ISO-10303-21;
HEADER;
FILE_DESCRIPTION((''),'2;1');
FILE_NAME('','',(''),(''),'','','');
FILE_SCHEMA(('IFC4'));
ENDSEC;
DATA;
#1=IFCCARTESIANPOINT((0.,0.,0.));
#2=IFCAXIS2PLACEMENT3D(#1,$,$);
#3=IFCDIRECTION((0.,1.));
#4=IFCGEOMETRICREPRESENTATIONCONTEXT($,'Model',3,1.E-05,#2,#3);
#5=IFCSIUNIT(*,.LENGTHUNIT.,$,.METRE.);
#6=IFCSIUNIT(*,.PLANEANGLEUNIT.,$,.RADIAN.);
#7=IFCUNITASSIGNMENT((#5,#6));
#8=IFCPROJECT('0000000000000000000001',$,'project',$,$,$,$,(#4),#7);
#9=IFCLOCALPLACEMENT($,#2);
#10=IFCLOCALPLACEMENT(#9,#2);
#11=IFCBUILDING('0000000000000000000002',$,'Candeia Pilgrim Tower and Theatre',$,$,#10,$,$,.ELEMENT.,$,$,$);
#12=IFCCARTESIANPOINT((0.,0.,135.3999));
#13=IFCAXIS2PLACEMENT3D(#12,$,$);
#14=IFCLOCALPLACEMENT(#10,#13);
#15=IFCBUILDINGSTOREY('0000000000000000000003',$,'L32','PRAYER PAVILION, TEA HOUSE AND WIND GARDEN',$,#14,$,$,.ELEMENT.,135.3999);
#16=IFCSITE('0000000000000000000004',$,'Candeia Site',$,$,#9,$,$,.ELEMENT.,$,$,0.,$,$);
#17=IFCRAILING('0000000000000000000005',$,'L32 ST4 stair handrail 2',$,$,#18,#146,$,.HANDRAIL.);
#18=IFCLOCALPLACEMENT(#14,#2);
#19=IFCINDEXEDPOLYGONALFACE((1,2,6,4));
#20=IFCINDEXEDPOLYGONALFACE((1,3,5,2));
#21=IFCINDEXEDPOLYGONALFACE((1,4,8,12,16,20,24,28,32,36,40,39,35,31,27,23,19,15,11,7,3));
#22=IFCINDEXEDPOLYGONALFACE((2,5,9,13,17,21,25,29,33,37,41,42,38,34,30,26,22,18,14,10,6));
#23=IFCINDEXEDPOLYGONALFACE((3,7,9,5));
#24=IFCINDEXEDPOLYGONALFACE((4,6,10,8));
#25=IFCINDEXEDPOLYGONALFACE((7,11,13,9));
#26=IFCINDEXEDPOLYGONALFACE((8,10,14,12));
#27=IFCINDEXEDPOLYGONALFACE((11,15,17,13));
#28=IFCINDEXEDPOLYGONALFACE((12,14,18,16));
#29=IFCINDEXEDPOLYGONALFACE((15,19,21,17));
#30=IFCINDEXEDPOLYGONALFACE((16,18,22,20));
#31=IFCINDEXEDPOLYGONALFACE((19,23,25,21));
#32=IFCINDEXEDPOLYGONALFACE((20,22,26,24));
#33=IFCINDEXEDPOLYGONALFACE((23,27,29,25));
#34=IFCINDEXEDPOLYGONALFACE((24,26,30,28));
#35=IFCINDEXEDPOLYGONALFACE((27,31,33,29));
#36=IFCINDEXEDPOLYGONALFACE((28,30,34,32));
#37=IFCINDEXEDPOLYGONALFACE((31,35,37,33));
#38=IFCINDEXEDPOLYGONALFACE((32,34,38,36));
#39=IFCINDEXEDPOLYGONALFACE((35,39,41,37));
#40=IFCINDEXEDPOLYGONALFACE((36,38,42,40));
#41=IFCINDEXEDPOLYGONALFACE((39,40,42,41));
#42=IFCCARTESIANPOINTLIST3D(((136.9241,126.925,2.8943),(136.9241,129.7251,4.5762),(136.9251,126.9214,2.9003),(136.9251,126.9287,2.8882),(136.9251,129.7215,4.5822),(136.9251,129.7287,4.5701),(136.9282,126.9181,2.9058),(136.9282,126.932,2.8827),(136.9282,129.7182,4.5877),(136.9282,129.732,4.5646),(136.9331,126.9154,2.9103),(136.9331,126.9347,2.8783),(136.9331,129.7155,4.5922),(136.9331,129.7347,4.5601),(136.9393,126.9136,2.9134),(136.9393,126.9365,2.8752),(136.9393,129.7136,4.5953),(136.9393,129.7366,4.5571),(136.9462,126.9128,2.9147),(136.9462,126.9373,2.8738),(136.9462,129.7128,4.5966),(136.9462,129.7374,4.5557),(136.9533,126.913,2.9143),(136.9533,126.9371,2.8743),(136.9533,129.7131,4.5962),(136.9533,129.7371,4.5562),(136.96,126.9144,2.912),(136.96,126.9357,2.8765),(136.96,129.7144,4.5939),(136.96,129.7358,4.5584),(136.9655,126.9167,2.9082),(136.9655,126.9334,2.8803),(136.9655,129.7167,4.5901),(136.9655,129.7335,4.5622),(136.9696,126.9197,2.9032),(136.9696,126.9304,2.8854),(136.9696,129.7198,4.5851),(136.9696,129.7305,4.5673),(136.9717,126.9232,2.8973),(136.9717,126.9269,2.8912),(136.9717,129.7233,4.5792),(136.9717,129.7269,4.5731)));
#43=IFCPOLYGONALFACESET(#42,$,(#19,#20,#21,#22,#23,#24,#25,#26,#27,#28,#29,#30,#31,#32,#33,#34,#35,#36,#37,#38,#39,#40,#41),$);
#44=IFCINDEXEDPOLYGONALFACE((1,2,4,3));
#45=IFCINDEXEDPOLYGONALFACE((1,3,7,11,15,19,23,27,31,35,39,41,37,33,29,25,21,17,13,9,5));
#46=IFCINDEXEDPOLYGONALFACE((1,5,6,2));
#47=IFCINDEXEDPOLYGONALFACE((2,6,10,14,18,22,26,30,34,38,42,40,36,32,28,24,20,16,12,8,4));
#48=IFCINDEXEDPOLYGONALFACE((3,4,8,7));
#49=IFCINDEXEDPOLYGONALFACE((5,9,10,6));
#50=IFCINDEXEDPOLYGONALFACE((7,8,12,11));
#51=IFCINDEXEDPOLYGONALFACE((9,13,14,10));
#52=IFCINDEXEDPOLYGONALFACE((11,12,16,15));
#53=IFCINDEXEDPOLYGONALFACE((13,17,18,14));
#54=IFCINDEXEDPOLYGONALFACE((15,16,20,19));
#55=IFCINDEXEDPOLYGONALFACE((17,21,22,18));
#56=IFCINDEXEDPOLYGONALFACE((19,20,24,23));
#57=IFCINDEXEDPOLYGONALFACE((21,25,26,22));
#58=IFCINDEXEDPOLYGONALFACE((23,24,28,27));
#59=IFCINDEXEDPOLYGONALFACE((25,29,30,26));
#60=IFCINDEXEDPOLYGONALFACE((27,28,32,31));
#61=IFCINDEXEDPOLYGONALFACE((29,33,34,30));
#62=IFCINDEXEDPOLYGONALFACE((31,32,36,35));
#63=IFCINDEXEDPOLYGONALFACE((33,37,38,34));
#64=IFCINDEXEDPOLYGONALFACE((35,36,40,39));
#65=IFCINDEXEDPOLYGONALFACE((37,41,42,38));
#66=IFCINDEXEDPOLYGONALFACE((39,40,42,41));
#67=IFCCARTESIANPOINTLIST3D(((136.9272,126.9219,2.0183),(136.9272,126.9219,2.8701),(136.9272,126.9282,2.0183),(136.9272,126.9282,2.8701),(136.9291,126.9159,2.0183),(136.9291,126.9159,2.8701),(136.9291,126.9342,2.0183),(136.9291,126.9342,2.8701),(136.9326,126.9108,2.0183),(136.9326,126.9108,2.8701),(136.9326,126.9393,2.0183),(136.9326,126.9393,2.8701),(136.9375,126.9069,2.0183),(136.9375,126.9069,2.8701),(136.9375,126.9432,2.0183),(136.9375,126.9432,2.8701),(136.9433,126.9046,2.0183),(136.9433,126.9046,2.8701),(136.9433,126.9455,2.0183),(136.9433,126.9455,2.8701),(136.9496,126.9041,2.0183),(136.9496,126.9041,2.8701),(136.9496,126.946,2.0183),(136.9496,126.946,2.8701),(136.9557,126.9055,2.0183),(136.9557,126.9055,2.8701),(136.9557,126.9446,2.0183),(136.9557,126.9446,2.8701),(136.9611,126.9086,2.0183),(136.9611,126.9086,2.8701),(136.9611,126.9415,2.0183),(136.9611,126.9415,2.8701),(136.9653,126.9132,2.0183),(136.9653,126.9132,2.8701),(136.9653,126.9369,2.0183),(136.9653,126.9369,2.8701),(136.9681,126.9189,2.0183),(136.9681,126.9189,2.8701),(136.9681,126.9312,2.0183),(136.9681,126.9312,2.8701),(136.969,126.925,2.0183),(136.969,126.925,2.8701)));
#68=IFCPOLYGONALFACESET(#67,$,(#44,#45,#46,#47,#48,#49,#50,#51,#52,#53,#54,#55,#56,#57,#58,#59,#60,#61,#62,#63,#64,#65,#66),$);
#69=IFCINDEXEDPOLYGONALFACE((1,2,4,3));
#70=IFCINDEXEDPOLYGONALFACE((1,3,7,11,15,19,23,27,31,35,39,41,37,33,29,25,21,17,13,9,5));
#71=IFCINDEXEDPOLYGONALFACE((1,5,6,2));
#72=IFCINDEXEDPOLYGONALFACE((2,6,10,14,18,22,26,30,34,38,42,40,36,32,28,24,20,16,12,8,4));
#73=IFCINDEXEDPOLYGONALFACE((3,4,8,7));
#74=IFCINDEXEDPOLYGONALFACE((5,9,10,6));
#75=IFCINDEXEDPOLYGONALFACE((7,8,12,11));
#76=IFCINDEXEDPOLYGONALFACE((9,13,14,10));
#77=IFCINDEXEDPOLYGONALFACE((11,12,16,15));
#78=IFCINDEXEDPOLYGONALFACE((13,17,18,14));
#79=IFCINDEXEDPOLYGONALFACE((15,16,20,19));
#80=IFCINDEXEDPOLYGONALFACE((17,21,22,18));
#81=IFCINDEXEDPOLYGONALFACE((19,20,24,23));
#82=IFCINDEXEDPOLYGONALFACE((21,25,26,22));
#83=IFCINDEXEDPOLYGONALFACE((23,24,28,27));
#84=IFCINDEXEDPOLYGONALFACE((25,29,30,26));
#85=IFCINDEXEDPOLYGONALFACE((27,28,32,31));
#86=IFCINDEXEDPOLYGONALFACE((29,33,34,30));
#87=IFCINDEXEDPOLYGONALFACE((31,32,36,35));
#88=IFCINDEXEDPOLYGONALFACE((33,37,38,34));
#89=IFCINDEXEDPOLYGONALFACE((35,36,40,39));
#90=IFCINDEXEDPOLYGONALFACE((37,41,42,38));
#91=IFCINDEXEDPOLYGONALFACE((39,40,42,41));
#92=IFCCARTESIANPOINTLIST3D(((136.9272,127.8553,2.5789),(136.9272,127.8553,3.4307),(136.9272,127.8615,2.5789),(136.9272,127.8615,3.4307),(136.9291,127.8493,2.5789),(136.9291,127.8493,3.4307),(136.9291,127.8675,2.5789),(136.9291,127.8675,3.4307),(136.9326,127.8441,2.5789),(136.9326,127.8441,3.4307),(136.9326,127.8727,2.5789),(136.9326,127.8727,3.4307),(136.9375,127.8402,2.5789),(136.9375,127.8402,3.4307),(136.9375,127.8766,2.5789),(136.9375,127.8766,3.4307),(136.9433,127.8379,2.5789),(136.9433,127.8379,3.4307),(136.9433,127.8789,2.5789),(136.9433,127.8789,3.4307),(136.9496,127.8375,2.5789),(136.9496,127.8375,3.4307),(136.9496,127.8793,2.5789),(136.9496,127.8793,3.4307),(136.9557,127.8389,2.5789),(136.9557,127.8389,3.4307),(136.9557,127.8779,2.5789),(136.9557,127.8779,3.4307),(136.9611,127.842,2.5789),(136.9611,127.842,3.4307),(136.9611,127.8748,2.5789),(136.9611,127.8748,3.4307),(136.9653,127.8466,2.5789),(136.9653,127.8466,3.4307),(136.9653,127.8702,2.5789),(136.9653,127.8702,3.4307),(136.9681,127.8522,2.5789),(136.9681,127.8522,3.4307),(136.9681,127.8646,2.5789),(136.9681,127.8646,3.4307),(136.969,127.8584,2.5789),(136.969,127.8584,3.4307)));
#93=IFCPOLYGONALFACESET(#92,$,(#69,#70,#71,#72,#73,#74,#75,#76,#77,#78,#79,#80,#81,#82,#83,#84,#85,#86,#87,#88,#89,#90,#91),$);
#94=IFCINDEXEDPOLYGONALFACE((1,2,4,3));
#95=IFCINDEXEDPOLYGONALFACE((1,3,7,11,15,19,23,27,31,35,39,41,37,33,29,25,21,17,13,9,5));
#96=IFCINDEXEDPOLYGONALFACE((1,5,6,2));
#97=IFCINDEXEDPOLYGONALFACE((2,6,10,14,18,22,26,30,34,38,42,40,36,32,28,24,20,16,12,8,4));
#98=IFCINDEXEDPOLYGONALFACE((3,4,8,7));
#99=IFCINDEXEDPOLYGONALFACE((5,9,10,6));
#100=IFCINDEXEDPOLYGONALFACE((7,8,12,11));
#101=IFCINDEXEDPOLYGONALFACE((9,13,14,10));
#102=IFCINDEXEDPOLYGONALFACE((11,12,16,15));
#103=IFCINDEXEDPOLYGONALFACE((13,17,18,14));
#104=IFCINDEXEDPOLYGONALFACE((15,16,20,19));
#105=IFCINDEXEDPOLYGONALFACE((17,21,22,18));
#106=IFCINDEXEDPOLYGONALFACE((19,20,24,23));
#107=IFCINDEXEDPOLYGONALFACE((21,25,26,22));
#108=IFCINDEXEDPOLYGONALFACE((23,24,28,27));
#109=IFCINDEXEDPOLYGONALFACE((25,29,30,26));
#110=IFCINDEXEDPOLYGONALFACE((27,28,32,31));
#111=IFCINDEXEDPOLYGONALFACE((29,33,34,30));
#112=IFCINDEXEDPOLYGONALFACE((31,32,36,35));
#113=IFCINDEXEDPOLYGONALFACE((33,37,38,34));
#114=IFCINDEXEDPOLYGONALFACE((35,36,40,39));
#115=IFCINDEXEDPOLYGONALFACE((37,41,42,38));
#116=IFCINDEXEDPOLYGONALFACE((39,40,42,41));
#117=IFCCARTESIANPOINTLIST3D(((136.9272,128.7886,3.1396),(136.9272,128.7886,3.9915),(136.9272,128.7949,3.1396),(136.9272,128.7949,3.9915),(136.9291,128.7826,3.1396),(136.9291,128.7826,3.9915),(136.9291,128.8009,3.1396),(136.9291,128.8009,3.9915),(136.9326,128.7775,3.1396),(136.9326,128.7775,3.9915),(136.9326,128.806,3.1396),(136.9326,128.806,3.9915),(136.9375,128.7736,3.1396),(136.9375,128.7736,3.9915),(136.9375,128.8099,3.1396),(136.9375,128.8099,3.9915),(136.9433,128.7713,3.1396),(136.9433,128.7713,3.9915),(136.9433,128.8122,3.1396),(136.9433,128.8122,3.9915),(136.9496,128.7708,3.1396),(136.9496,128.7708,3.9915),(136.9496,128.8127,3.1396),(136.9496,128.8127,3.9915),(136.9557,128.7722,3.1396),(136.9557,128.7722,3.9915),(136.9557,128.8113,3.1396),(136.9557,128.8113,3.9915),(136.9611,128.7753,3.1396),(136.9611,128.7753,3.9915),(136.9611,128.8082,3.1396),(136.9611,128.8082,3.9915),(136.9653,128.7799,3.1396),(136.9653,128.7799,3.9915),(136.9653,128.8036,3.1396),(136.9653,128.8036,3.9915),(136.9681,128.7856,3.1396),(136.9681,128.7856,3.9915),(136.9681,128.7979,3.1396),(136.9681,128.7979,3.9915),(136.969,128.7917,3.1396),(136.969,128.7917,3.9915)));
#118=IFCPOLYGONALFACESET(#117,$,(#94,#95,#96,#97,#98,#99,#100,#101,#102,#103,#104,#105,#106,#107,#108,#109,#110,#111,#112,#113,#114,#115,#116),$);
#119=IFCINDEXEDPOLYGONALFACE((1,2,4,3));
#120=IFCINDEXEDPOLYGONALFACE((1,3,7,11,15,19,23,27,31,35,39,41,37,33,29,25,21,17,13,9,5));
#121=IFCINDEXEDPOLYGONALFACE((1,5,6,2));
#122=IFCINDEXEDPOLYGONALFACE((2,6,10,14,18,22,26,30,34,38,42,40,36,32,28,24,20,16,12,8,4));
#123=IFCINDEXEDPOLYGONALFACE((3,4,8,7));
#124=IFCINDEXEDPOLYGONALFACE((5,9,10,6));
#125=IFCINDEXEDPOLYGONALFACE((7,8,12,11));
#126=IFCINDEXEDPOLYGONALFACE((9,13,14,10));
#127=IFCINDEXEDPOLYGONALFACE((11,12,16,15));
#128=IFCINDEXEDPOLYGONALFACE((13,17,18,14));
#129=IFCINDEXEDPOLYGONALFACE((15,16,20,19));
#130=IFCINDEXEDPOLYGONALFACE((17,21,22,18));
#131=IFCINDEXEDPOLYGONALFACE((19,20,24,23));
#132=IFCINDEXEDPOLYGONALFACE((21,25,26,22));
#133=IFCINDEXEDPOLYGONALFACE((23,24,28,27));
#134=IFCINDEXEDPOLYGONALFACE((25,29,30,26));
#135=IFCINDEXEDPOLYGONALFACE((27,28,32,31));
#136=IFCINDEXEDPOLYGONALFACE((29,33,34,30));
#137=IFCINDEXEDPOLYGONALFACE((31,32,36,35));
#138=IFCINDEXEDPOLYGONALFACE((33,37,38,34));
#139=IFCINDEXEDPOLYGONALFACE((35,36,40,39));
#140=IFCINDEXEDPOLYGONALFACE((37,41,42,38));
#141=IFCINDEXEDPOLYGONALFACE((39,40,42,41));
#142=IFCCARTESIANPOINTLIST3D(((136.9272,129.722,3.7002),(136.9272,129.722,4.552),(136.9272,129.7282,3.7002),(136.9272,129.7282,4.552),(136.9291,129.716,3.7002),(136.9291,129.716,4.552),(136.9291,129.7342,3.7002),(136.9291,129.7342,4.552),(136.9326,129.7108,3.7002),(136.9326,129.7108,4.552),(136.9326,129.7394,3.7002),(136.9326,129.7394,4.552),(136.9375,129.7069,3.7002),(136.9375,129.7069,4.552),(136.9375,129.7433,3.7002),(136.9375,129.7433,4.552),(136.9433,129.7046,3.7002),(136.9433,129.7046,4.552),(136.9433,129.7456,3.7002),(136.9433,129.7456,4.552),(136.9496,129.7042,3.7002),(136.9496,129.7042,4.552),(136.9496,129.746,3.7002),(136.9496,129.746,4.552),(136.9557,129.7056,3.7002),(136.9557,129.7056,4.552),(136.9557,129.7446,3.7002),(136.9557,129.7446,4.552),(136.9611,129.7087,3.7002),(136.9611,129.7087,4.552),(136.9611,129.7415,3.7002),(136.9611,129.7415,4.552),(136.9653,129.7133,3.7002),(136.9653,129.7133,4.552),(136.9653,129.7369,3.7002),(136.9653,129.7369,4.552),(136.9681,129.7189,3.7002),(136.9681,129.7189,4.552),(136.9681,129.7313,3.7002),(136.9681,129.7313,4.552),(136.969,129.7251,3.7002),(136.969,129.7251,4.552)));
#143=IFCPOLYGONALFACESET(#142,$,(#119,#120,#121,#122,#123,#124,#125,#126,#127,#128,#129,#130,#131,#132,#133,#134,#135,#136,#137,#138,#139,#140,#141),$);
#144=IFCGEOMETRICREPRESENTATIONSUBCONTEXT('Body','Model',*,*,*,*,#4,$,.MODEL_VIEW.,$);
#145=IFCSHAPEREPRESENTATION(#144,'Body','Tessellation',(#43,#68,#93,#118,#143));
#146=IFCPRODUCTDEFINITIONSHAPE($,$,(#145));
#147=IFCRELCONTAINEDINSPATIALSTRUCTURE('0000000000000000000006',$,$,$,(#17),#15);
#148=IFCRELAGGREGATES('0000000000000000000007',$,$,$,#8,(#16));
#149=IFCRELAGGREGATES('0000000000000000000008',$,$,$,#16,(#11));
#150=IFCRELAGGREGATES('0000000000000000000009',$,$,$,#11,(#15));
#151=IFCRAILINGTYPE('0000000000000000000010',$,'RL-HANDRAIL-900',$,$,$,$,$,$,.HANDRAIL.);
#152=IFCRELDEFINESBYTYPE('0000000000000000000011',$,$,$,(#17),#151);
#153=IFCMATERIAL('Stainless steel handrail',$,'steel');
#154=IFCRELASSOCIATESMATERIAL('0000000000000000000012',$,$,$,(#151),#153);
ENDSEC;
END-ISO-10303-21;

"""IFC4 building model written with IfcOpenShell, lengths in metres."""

from ifc_helpers import new_model, si_unit, direction, frame, origin, origin_2d, place, context, subcontext, project, spatial, circle, extrude, material, type_object, element, save


model = new_model("IFC4")

# Units and contexts
model_context = context("Model", 3, precision=1e-05, world=origin(), true_north=direction((0.0, 1.0)))
body_context = subcontext(model_context, "Body", "Model", "MODEL_VIEW")
ifc_project = project(units=[si_unit("LENGTHUNIT", "METRE"), si_unit("PLANEANGLEUNIT", "RADIAN")], contexts=[model_context])

# Site, building, storey
site_placement = place(None, origin())
site = spatial("IfcSite", under=ifc_project, at=site_placement, Name="Candeia Site", CompositionType="ELEMENT", RefElevation=0.0)
building_placement = place(site_placement, origin())
building = spatial("IfcBuilding", under=site, at=building_placement, Name="Candeia Pilgrim Tower and Theatre", CompositionType="ELEMENT")
storey_placement = place(building_placement, frame((0.0, 0.0, 135.3999)))
storey = spatial("IfcBuildingStorey", under=building, at=storey_placement, Name="L32", Description="PRAYER PAVILION, TEA HOUSE AND WIND GARDEN", CompositionType="ELEMENT", Elevation=135.3999)

# Railing
ifc_material_1 = material(Name="Stainless steel handrail", Category="steel")
railing_type_1 = type_object("IfcRailingType", Name="RL-HANDRAIL-900", PredefinedType="HANDRAIL", material=ifc_material_1)
railing_1_placement = place(storey_placement, frame((136.948, 126.925, 2.0183)))
element("IfcRailing", 1, at=railing_1_placement, inside=storey, type_object=railing_type_1, Name="L32 ST4 stair handrail 2", PredefinedType="HANDRAIL", context=body_context, shape_type="SweptSolid", body=[
    extrude(circle(Radius=0.0239, at=origin_2d()), frame((0.0, 0.0, 0.876), z_axis=(0.0, 0.857242, 0.514913), x_axis=(-1.0, 0.0, 0.0)), (0.0, 0.0, 1.0), 3.2664),
    extrude(circle(Radius=0.021, at=origin_2d()), origin(), (0.0, 0.0, 1.0), 0.8518),
    extrude(circle(Radius=0.021, at=origin_2d()), frame((0.0, 0.9333, 0.5605)), (0.0, 0.0, 1.0), 0.8518),
    extrude(circle(Radius=0.021, at=origin_2d()), frame((0.0, 1.8667, 1.1213)), (0.0, 0.0, 1.0), 0.8518),
    extrude(circle(Radius=0.021, at=origin_2d()), frame((0.0, 2.8, 1.6819)), (0.0, 0.0, 1.0), 0.8518),
])

save(model, "model.ifc")
